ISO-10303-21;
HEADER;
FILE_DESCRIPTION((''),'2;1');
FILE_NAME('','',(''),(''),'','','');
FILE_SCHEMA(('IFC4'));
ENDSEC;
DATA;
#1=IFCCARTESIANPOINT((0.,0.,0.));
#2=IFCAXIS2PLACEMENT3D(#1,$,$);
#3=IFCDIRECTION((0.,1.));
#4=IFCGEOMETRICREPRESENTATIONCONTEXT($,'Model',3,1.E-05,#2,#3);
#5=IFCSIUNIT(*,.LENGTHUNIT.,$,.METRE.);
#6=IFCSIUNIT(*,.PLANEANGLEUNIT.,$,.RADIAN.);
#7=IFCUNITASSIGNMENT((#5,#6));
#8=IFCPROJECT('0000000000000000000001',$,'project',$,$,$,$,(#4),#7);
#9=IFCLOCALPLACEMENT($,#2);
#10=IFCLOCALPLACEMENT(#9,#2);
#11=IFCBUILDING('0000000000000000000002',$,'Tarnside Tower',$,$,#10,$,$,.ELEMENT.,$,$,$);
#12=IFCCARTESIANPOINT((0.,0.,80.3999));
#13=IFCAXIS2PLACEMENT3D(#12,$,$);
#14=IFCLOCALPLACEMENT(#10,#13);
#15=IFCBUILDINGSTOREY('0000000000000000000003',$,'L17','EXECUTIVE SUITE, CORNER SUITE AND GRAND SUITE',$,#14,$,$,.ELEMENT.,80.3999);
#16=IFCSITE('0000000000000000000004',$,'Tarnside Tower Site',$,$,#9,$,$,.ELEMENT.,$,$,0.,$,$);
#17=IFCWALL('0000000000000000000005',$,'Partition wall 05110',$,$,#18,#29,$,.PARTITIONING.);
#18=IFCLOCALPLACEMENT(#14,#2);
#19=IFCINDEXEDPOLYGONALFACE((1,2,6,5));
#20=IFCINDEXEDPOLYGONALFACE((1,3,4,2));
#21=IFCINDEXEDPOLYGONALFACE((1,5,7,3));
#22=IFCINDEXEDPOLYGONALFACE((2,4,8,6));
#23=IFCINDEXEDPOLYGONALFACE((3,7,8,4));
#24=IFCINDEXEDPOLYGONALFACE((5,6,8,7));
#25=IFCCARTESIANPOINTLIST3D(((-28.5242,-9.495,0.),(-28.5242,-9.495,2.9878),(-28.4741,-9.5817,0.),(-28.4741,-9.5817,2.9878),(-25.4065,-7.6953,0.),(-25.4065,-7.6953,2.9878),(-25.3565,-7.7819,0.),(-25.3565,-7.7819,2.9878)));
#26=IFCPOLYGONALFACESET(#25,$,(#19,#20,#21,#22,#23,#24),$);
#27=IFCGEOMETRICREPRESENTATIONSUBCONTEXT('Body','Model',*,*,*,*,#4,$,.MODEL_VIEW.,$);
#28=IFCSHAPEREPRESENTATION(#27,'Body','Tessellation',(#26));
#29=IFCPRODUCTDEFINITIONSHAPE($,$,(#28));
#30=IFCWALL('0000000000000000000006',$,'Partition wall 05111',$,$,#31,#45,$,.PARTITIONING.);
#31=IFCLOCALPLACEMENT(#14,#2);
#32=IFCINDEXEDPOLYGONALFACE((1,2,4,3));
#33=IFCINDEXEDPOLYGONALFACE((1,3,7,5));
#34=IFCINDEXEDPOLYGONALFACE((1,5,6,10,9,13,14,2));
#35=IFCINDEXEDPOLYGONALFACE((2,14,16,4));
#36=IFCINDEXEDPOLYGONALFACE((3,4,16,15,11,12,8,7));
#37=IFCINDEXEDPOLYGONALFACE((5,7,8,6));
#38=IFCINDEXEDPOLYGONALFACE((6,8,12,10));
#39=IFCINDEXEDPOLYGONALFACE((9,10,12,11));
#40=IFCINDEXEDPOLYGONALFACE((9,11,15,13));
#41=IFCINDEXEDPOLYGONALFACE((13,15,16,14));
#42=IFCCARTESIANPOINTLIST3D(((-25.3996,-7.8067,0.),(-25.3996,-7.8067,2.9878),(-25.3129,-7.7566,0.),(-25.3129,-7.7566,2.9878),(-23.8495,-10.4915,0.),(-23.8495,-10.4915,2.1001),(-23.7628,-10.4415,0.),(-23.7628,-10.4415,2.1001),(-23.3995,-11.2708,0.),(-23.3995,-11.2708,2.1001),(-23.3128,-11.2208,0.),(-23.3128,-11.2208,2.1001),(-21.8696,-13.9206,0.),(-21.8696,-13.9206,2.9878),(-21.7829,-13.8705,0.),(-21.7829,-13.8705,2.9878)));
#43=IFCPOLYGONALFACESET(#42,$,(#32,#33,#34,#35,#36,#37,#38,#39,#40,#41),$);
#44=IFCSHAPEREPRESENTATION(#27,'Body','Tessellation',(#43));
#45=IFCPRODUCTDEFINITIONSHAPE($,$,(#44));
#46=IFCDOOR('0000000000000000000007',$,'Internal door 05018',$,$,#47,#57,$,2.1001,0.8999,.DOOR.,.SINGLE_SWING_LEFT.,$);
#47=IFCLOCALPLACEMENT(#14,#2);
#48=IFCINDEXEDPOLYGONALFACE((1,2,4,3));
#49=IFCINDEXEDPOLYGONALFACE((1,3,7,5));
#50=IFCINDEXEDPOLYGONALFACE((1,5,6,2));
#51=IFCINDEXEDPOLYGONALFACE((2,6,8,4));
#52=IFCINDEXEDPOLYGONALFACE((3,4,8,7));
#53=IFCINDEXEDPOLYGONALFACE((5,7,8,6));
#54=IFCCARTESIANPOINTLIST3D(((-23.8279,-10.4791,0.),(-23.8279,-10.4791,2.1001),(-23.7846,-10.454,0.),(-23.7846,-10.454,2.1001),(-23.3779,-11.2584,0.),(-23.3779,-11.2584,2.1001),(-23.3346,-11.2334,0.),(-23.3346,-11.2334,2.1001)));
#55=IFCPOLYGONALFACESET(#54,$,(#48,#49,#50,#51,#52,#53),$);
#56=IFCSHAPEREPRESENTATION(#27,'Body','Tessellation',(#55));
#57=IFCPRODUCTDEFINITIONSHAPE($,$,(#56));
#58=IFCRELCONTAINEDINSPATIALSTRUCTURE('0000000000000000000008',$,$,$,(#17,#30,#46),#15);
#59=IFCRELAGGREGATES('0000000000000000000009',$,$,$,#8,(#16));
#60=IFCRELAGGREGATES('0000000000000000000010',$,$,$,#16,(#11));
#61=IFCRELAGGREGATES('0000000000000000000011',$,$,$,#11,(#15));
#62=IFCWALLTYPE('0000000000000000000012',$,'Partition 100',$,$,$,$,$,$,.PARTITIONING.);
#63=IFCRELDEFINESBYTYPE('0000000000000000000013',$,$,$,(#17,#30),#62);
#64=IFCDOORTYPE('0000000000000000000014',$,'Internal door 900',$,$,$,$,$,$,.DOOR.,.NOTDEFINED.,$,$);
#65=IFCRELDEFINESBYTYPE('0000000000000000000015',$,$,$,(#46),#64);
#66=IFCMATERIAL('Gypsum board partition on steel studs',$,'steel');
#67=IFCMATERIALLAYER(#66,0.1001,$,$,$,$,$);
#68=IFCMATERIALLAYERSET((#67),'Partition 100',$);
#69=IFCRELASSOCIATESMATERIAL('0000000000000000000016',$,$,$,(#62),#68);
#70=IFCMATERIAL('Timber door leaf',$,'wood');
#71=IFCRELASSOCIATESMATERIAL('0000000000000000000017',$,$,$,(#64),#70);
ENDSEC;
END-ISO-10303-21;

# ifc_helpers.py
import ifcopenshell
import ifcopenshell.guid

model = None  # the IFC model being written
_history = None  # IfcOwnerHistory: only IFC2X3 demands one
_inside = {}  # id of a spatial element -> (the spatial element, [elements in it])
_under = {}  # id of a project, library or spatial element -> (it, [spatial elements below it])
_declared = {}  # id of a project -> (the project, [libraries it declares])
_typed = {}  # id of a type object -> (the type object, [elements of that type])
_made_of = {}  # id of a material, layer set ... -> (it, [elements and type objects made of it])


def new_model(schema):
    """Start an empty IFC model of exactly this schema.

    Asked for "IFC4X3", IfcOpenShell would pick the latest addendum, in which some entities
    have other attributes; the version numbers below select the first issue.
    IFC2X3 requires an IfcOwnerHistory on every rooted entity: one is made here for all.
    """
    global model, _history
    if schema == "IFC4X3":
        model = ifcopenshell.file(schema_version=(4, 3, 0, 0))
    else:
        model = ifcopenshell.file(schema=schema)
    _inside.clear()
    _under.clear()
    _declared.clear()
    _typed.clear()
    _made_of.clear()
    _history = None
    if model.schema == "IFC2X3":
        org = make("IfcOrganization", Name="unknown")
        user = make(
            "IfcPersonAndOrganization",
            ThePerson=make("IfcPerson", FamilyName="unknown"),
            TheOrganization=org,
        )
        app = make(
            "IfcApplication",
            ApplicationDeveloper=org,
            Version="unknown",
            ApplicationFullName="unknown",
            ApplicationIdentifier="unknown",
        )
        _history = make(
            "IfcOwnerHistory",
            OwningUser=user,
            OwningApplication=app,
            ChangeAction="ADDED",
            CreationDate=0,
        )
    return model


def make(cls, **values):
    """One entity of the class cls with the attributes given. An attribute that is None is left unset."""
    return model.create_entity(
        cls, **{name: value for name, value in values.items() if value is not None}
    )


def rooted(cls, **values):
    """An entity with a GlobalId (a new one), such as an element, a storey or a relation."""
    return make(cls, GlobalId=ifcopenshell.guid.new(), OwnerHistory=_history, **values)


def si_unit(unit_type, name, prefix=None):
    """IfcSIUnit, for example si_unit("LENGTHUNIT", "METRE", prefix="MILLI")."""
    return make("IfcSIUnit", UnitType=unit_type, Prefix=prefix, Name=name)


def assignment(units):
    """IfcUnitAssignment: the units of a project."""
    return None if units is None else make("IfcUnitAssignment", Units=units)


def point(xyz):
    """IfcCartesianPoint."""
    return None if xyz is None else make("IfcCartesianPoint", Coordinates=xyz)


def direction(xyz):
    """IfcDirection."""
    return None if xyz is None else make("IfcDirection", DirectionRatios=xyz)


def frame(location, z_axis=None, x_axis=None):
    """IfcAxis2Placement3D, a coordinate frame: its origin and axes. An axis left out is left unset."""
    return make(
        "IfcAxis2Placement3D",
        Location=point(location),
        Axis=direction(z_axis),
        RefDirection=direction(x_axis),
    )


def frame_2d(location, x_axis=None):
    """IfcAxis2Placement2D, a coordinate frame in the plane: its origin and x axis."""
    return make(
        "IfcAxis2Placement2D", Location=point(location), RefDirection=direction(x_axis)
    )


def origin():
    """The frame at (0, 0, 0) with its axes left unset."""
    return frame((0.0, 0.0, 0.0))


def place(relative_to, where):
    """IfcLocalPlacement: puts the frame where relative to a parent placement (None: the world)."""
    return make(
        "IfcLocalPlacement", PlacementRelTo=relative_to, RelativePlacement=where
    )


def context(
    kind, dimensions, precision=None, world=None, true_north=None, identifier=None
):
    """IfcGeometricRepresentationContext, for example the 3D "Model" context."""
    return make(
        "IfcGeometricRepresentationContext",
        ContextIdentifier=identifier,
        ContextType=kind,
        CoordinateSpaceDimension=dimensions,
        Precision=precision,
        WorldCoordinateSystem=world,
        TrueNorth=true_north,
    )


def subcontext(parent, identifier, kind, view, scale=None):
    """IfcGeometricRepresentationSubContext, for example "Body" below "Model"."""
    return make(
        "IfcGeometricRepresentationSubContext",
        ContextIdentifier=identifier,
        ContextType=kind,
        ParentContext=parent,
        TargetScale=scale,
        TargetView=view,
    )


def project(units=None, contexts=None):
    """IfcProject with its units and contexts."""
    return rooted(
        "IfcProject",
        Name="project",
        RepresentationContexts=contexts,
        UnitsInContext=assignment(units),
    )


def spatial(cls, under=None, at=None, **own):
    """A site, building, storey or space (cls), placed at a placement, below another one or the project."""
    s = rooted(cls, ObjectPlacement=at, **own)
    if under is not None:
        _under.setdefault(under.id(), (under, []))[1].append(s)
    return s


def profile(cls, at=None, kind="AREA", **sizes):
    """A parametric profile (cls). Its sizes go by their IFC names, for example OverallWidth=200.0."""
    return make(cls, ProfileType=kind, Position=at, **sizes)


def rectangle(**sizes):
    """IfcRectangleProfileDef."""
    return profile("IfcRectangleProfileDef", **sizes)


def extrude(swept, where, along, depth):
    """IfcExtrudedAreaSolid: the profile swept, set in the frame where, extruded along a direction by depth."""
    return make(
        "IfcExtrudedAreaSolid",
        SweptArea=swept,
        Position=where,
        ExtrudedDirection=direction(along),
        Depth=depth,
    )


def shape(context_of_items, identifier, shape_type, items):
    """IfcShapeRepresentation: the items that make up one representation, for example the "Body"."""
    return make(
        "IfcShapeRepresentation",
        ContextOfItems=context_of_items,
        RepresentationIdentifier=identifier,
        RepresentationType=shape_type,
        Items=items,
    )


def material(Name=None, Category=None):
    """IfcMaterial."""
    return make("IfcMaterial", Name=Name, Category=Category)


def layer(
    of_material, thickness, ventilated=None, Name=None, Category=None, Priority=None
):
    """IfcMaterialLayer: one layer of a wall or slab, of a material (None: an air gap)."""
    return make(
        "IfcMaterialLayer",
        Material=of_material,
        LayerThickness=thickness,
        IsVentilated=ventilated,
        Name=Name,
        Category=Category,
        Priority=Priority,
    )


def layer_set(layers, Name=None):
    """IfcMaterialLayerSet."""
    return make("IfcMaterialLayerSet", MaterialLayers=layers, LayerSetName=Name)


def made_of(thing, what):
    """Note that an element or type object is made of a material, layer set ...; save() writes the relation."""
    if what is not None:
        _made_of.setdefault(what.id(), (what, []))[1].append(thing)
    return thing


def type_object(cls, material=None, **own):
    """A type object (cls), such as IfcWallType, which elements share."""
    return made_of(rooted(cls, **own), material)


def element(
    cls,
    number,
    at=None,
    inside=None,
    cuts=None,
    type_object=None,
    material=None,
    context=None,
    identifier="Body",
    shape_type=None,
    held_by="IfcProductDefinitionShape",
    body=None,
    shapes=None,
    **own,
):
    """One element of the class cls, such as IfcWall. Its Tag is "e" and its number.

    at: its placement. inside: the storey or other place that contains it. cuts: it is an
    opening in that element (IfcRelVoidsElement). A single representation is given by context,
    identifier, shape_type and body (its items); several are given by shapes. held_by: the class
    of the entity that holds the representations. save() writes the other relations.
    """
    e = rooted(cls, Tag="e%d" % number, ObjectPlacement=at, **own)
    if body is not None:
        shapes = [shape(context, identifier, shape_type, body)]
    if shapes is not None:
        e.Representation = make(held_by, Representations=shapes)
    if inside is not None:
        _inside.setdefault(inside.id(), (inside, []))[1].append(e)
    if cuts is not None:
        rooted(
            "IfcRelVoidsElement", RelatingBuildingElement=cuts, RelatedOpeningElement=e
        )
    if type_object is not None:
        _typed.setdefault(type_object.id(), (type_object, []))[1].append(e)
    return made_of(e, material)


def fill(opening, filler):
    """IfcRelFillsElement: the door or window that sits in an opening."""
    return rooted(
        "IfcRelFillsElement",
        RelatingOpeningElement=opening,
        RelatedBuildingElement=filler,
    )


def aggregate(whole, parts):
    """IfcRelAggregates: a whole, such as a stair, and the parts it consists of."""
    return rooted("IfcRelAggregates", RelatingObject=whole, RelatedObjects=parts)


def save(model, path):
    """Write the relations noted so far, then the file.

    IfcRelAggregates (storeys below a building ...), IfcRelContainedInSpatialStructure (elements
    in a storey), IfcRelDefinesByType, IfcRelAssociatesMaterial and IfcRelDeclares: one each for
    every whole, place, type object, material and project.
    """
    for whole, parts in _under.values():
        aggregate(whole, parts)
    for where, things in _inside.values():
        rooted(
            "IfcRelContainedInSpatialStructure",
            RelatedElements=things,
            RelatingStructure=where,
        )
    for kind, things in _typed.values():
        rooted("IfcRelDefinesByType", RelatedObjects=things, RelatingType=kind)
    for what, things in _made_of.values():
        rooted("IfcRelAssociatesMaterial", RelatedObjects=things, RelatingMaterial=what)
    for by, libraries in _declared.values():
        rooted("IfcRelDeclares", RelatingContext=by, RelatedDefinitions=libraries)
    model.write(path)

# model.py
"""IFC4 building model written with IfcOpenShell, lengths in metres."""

from ifc_helpers import new_model, si_unit, direction, frame, frame_2d, origin, place, context, subcontext, project, spatial, rectangle, extrude, material, layer, layer_set, type_object, element, fill, save


model = new_model("IFC4")

# Units and contexts
model_context = context("Model", 3, precision=1e-05, world=origin(), true_north=direction((0.0, 1.0)))
body_context = subcontext(model_context, "Body", "Model", "MODEL_VIEW")
ifc_project = project(units=[si_unit("LENGTHUNIT", "METRE"), si_unit("PLANEANGLEUNIT", "RADIAN")], contexts=[model_context])

# Site, building, storey
site_placement = place(None, origin())
site = spatial("IfcSite", under=ifc_project, at=site_placement, Name="Tarnside Tower Site", CompositionType="ELEMENT", RefElevation=0.0)
building_placement = place(site_placement, origin())
building = spatial("IfcBuilding", under=site, at=building_placement, Name="Tarnside Tower", CompositionType="ELEMENT")
storey_placement = place(building_placement, frame((0.0, 0.0, 80.3999)))
storey = spatial("IfcBuildingStorey", under=building, at=storey_placement, Name="L17", Description="EXECUTIVE SUITE, CORNER SUITE AND GRAND SUITE", CompositionType="ELEMENT", Elevation=80.3999)

# Shared definitions
ifc_material_1 = material(Name="Gypsum board partition on steel studs", Category="steel")

# Shared definitions
ifc_material_2 = material(Name="Timber door leaf", Category="wood")

# Shared definitions
ifc_layer_1 = layer(ifc_material_1, 0.1001)
ifc_layer_set_1 = layer_set([ifc_layer_1], Name="Partition 100")
wall_type_1 = type_object("IfcWallType", Name="Partition 100", PredefinedType="PARTITIONING", material=ifc_layer_set_1)
door_type_1 = type_object("IfcDoorType", Name="Internal door 900", OperationType="NOTDEFINED", PredefinedType="DOOR", material=ifc_material_2)

# Wall
wall_1_placement = place(storey_placement, frame((-28.499, -9.5383, 0.0), z_axis=(0.0, 0.0, 1.0), x_axis=(0.866048, 0.499961, 0.0)))
element("IfcWall", 1, at=wall_1_placement, inside=storey, type_object=wall_type_1, Name="Partition wall 05110", PredefinedType="PARTITIONING", context=body_context, shape_type="SweptSolid", body=[
    extrude(rectangle(XDim=3.5999, YDim=0.1001, at=frame_2d((1.7998, 0.0))), origin(), (0.0, 0.0, 1.0), 2.9878),
])

# Wall, opening, door
wall_2_placement = place(storey_placement, frame((-25.3562, -7.7817, 0.0), z_axis=(0.0, 0.0, 1.0), x_axis=(0.500011, -0.866019, 0.0)))
wall_2 = element("IfcWall", 2, at=wall_2_placement, inside=storey, type_object=wall_type_1, Name="Partition wall 05111", PredefinedType="PARTITIONING", context=body_context, shape_type="SweptSolid", body=[
    extrude(rectangle(XDim=7.0598, YDim=0.1001, at=frame_2d((3.5298, 0.0))), origin(), (0.0, 0.0, 1.0), 2.9878),
])
opening_1_placement = place(wall_2_placement, frame((3.1001, 0.0, 0.0)))
opening_1 = element("IfcOpeningElement", 3, at=opening_1_placement, cuts=wall_2, PredefinedType="OPENING", context=body_context, shape_type="SweptSolid", body=[
    extrude(rectangle(XDim=0.8999, YDim=2.1001, at=frame_2d((0.45, 1.05))), frame((0.0, 0.0601, 0.0), z_axis=(0.0, -1.0, 0.0), x_axis=(1.0, 0.0, 0.0)), (0.0, 0.0, 1.0), 0.1201),
])
door_1_placement = place(opening_1_placement, origin())
door_1 = element("IfcDoor", 4, at=door_1_placement, inside=storey, type_object=door_type_1, Name="Internal door 05018", OperationType="SINGLE_SWING_LEFT", OverallHeight=2.1001, OverallWidth=0.8999, PredefinedType="DOOR", context=body_context, shape_type="SweptSolid", body=[
    extrude(rectangle(XDim=0.8999, YDim=2.1001, at=frame_2d((0.45, 1.05))), frame((0.0, 0.0249, 0.0), z_axis=(0.0, -1.0, 0.0), x_axis=(1.0, 0.0, 0.0)), (0.0, 0.0, 1.0), 0.05),
])
fill(opening_1, door_1)

save(model, "model.ifc")
